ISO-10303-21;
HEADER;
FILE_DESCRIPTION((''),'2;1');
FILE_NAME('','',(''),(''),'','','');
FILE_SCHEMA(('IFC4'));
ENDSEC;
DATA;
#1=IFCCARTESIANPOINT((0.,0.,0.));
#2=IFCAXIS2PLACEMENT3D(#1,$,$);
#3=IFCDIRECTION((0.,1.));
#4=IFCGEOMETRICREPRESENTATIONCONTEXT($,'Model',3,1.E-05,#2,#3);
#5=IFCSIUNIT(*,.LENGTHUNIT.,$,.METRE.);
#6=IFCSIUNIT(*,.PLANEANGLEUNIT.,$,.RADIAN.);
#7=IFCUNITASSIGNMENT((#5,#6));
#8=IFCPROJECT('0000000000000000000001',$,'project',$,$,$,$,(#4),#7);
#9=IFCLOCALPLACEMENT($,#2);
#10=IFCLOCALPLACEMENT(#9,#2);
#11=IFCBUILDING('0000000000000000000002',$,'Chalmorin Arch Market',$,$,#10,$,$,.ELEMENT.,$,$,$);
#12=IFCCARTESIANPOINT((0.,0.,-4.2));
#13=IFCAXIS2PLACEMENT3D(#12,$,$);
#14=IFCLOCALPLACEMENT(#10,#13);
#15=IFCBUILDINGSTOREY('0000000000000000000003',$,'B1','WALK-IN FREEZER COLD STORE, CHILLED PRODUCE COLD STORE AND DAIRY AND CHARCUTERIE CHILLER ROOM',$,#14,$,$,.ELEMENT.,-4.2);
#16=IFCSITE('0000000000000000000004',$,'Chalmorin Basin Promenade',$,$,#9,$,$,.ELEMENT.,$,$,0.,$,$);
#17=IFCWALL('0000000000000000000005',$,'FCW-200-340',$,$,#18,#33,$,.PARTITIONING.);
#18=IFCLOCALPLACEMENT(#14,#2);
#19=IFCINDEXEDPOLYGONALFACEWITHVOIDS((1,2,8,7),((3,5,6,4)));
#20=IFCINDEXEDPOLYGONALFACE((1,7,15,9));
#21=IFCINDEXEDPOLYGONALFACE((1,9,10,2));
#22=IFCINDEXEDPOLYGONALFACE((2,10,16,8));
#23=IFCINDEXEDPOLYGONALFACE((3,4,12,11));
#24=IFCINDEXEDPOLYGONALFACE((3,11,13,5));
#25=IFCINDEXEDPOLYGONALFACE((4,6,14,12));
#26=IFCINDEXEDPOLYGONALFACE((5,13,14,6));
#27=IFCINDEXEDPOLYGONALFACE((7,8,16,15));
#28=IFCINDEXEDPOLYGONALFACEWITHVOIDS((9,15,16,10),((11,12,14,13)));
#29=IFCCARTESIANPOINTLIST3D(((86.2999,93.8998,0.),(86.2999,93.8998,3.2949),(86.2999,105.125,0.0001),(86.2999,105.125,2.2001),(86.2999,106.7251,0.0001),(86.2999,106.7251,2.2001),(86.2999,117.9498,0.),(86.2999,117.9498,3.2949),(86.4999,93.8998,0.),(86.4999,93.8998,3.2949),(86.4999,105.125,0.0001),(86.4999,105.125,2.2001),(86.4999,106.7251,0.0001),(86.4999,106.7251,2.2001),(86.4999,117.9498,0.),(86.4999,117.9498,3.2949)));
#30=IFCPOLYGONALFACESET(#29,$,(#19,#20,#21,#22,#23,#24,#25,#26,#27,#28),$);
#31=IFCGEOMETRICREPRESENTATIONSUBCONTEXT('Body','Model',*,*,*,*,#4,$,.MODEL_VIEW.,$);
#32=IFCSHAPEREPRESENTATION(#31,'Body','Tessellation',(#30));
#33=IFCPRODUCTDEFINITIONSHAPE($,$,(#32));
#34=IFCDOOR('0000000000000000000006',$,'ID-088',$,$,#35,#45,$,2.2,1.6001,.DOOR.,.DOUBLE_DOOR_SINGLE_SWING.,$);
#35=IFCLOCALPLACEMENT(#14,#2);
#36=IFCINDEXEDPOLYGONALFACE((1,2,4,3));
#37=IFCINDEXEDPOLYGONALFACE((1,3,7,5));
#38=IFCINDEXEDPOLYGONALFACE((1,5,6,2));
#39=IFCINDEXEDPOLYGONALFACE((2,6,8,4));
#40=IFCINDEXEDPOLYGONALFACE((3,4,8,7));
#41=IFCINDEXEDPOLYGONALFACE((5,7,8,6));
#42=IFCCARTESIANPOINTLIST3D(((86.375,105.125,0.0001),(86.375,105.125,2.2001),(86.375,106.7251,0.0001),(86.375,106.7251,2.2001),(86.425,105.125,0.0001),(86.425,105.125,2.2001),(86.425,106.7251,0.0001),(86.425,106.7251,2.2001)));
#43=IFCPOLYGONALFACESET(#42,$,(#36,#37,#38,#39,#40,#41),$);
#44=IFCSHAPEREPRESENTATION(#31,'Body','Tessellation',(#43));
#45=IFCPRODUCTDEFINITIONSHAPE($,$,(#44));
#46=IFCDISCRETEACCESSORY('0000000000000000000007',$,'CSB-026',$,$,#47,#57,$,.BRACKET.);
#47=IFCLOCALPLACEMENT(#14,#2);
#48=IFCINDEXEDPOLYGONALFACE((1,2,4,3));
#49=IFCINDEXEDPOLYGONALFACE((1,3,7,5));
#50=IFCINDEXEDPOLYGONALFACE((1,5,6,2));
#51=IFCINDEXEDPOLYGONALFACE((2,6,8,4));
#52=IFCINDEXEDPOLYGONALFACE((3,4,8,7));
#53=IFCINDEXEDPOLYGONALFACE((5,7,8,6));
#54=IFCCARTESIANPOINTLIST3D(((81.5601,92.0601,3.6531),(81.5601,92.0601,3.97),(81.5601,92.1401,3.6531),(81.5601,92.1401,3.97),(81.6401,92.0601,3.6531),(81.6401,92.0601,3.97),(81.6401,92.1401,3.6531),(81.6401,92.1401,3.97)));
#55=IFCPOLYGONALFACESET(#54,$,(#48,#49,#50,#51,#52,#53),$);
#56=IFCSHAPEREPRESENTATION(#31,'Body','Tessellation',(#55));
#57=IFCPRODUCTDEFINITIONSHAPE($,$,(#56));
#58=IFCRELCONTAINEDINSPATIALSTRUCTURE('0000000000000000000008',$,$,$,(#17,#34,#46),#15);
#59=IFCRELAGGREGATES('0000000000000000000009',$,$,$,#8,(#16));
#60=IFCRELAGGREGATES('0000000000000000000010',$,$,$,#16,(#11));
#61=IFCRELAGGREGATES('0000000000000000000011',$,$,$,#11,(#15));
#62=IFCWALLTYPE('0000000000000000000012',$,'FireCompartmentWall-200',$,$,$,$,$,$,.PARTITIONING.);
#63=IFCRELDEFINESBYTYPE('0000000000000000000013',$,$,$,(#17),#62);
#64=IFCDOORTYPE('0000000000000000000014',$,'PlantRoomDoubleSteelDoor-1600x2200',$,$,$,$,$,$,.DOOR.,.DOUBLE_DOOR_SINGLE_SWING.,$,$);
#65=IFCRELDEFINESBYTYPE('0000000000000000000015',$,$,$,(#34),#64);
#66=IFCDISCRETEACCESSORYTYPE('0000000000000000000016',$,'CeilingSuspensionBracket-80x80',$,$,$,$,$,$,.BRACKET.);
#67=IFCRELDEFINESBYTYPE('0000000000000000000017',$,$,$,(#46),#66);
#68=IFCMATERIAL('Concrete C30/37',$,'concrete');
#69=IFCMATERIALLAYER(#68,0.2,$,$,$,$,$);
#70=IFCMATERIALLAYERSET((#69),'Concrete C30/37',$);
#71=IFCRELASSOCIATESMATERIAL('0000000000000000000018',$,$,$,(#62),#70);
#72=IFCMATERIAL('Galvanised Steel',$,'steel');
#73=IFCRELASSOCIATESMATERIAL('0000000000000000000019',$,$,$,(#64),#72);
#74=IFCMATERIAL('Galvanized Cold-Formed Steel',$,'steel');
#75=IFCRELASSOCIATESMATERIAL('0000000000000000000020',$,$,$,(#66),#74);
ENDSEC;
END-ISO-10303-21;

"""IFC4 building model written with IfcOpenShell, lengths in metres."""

from ifc_helpers import new_model, si_unit, direction, frame, frame_2d, origin, origin_2d, place, context, subcontext, project, spatial, rectangle, extrude, material, layer, layer_set, type_object, element, fill, save


model = new_model("IFC4")

# Units and contexts
model_context = context("Model", 3, precision=1e-05, world=origin(), true_north=direction((0.0, 1.0)))
body_context = subcontext(model_context, "Body", "Model", "MODEL_VIEW")
ifc_project = project(units=[si_unit("LENGTHUNIT", "METRE"), si_unit("PLANEANGLEUNIT", "RADIAN")], contexts=[model_context])

# Site, building, storey
site_placement = place(None, origin())
site = spatial("IfcSite", under=ifc_project, at=site_placement, Name="Chalmorin Basin Promenade", CompositionType="ELEMENT", RefElevation=0.0)
building_placement = place(site_placement, origin())
building = spatial("IfcBuilding", under=site, at=building_placement, Name="Chalmorin Arch Market", CompositionType="ELEMENT")
storey_placement = place(building_placement, frame((0.0, 0.0, -4.2)))
storey = spatial("IfcBuildingStorey", under=building, at=storey_placement, Name="B1", Description="WALK-IN FREEZER COLD STORE, CHILLED PRODUCE COLD STORE AND DAIRY AND CHARCUTERIE CHILLER ROOM", CompositionType="ELEMENT", Elevation=-4.2)

# Wall, opening, door
ifc_material_1 = material(Name="Galvanised Steel", Category="steel")
ifc_material_2 = material(Name="Concrete C30/37", Category="concrete")
ifc_layer_1 = layer(ifc_material_2, 0.2)
ifc_layer_set_1 = layer_set([ifc_layer_1], Name="Concrete C30/37")
wall_type_1 = type_object("IfcWallType", Name="FireCompartmentWall-200", PredefinedType="PARTITIONING", material=ifc_layer_set_1)
wall_1_placement = place(storey_placement, frame((86.3999, 93.8999, 0.0), z_axis=(0.0, 0.0, 1.0), x_axis=(0.0, 1.0, 0.0)))
wall_1 = element("IfcWall", 1, at=wall_1_placement, inside=storey, type_object=wall_type_1, Name="FCW-200-340", PredefinedType="PARTITIONING", context=body_context, shape_type="SweptSolid", body=[
    extrude(rectangle(XDim=24.05, YDim=0.2, at=frame_2d((12.0249, 0.0))), origin(), (0.0, 0.0, 1.0), 3.2949),
])
opening_1_placement = place(wall_1_placement, frame((11.2251, 0.0, 0.0)))
opening_1 = element("IfcOpeningElement", 2, at=opening_1_placement, cuts=wall_1, PredefinedType="OPENING", context=body_context, shape_type="SweptSolid", body=[
    extrude(rectangle(XDim=1.6001, YDim=2.2, at=frame_2d((0.8, 1.1001))), frame((0.0, 0.1099, 0.0), z_axis=(0.0, -1.0, 0.0), x_axis=(1.0, 0.0, 0.0)), (0.0, 0.0, 1.0), 0.22),
])
door_type_1 = type_object("IfcDoorType", Name="PlantRoomDoubleSteelDoor-1600x2200", OperationType="DOUBLE_DOOR_SINGLE_SWING", PredefinedType="DOOR", material=ifc_material_1)
door_1_placement = place(opening_1_placement, origin())
door_1 = element("IfcDoor", 3, at=door_1_placement, inside=storey, type_object=door_type_1, Name="ID-088", OperationType="DOUBLE_DOOR_SINGLE_SWING", OverallHeight=2.2, OverallWidth=1.6001, PredefinedType="DOOR", context=body_context, shape_type="SweptSolid", body=[
    extrude(rectangle(XDim=1.6001, YDim=2.2, at=frame_2d((0.8, 1.1001))), frame((0.0, 0.0249, 0.0), z_axis=(0.0, -1.0, 0.0), x_axis=(1.0, 0.0, 0.0)), (0.0, 0.0, 1.0), 0.05),
])
fill(opening_1, door_1)

# Discrete accessory
ifc_material_3 = material(Name="Galvanized Cold-Formed Steel", Category="steel")
discrete_accessory_type = type_object("IfcDiscreteAccessoryType", Name="CeilingSuspensionBracket-80x80", PredefinedType="BRACKET", material=ifc_material_3)
discrete_accessory_placement = place(storey_placement, frame((81.6001, 92.1001, 3.6531), z_axis=(0.0, 0.0, 1.0), x_axis=(1.0, 0.0, 0.0)))
element("IfcDiscreteAccessory", 4, at=discrete_accessory_placement, inside=storey, type_object=discrete_accessory_type, Name="CSB-026", PredefinedType="BRACKET", context=body_context, shape_type="SweptSolid", body=[
    extrude(rectangle(XDim=0.0801, YDim=0.0801, at=origin_2d()), origin(), (0.0, 0.0, 1.0), 0.3169),
])

save(model, "model.ifc")
